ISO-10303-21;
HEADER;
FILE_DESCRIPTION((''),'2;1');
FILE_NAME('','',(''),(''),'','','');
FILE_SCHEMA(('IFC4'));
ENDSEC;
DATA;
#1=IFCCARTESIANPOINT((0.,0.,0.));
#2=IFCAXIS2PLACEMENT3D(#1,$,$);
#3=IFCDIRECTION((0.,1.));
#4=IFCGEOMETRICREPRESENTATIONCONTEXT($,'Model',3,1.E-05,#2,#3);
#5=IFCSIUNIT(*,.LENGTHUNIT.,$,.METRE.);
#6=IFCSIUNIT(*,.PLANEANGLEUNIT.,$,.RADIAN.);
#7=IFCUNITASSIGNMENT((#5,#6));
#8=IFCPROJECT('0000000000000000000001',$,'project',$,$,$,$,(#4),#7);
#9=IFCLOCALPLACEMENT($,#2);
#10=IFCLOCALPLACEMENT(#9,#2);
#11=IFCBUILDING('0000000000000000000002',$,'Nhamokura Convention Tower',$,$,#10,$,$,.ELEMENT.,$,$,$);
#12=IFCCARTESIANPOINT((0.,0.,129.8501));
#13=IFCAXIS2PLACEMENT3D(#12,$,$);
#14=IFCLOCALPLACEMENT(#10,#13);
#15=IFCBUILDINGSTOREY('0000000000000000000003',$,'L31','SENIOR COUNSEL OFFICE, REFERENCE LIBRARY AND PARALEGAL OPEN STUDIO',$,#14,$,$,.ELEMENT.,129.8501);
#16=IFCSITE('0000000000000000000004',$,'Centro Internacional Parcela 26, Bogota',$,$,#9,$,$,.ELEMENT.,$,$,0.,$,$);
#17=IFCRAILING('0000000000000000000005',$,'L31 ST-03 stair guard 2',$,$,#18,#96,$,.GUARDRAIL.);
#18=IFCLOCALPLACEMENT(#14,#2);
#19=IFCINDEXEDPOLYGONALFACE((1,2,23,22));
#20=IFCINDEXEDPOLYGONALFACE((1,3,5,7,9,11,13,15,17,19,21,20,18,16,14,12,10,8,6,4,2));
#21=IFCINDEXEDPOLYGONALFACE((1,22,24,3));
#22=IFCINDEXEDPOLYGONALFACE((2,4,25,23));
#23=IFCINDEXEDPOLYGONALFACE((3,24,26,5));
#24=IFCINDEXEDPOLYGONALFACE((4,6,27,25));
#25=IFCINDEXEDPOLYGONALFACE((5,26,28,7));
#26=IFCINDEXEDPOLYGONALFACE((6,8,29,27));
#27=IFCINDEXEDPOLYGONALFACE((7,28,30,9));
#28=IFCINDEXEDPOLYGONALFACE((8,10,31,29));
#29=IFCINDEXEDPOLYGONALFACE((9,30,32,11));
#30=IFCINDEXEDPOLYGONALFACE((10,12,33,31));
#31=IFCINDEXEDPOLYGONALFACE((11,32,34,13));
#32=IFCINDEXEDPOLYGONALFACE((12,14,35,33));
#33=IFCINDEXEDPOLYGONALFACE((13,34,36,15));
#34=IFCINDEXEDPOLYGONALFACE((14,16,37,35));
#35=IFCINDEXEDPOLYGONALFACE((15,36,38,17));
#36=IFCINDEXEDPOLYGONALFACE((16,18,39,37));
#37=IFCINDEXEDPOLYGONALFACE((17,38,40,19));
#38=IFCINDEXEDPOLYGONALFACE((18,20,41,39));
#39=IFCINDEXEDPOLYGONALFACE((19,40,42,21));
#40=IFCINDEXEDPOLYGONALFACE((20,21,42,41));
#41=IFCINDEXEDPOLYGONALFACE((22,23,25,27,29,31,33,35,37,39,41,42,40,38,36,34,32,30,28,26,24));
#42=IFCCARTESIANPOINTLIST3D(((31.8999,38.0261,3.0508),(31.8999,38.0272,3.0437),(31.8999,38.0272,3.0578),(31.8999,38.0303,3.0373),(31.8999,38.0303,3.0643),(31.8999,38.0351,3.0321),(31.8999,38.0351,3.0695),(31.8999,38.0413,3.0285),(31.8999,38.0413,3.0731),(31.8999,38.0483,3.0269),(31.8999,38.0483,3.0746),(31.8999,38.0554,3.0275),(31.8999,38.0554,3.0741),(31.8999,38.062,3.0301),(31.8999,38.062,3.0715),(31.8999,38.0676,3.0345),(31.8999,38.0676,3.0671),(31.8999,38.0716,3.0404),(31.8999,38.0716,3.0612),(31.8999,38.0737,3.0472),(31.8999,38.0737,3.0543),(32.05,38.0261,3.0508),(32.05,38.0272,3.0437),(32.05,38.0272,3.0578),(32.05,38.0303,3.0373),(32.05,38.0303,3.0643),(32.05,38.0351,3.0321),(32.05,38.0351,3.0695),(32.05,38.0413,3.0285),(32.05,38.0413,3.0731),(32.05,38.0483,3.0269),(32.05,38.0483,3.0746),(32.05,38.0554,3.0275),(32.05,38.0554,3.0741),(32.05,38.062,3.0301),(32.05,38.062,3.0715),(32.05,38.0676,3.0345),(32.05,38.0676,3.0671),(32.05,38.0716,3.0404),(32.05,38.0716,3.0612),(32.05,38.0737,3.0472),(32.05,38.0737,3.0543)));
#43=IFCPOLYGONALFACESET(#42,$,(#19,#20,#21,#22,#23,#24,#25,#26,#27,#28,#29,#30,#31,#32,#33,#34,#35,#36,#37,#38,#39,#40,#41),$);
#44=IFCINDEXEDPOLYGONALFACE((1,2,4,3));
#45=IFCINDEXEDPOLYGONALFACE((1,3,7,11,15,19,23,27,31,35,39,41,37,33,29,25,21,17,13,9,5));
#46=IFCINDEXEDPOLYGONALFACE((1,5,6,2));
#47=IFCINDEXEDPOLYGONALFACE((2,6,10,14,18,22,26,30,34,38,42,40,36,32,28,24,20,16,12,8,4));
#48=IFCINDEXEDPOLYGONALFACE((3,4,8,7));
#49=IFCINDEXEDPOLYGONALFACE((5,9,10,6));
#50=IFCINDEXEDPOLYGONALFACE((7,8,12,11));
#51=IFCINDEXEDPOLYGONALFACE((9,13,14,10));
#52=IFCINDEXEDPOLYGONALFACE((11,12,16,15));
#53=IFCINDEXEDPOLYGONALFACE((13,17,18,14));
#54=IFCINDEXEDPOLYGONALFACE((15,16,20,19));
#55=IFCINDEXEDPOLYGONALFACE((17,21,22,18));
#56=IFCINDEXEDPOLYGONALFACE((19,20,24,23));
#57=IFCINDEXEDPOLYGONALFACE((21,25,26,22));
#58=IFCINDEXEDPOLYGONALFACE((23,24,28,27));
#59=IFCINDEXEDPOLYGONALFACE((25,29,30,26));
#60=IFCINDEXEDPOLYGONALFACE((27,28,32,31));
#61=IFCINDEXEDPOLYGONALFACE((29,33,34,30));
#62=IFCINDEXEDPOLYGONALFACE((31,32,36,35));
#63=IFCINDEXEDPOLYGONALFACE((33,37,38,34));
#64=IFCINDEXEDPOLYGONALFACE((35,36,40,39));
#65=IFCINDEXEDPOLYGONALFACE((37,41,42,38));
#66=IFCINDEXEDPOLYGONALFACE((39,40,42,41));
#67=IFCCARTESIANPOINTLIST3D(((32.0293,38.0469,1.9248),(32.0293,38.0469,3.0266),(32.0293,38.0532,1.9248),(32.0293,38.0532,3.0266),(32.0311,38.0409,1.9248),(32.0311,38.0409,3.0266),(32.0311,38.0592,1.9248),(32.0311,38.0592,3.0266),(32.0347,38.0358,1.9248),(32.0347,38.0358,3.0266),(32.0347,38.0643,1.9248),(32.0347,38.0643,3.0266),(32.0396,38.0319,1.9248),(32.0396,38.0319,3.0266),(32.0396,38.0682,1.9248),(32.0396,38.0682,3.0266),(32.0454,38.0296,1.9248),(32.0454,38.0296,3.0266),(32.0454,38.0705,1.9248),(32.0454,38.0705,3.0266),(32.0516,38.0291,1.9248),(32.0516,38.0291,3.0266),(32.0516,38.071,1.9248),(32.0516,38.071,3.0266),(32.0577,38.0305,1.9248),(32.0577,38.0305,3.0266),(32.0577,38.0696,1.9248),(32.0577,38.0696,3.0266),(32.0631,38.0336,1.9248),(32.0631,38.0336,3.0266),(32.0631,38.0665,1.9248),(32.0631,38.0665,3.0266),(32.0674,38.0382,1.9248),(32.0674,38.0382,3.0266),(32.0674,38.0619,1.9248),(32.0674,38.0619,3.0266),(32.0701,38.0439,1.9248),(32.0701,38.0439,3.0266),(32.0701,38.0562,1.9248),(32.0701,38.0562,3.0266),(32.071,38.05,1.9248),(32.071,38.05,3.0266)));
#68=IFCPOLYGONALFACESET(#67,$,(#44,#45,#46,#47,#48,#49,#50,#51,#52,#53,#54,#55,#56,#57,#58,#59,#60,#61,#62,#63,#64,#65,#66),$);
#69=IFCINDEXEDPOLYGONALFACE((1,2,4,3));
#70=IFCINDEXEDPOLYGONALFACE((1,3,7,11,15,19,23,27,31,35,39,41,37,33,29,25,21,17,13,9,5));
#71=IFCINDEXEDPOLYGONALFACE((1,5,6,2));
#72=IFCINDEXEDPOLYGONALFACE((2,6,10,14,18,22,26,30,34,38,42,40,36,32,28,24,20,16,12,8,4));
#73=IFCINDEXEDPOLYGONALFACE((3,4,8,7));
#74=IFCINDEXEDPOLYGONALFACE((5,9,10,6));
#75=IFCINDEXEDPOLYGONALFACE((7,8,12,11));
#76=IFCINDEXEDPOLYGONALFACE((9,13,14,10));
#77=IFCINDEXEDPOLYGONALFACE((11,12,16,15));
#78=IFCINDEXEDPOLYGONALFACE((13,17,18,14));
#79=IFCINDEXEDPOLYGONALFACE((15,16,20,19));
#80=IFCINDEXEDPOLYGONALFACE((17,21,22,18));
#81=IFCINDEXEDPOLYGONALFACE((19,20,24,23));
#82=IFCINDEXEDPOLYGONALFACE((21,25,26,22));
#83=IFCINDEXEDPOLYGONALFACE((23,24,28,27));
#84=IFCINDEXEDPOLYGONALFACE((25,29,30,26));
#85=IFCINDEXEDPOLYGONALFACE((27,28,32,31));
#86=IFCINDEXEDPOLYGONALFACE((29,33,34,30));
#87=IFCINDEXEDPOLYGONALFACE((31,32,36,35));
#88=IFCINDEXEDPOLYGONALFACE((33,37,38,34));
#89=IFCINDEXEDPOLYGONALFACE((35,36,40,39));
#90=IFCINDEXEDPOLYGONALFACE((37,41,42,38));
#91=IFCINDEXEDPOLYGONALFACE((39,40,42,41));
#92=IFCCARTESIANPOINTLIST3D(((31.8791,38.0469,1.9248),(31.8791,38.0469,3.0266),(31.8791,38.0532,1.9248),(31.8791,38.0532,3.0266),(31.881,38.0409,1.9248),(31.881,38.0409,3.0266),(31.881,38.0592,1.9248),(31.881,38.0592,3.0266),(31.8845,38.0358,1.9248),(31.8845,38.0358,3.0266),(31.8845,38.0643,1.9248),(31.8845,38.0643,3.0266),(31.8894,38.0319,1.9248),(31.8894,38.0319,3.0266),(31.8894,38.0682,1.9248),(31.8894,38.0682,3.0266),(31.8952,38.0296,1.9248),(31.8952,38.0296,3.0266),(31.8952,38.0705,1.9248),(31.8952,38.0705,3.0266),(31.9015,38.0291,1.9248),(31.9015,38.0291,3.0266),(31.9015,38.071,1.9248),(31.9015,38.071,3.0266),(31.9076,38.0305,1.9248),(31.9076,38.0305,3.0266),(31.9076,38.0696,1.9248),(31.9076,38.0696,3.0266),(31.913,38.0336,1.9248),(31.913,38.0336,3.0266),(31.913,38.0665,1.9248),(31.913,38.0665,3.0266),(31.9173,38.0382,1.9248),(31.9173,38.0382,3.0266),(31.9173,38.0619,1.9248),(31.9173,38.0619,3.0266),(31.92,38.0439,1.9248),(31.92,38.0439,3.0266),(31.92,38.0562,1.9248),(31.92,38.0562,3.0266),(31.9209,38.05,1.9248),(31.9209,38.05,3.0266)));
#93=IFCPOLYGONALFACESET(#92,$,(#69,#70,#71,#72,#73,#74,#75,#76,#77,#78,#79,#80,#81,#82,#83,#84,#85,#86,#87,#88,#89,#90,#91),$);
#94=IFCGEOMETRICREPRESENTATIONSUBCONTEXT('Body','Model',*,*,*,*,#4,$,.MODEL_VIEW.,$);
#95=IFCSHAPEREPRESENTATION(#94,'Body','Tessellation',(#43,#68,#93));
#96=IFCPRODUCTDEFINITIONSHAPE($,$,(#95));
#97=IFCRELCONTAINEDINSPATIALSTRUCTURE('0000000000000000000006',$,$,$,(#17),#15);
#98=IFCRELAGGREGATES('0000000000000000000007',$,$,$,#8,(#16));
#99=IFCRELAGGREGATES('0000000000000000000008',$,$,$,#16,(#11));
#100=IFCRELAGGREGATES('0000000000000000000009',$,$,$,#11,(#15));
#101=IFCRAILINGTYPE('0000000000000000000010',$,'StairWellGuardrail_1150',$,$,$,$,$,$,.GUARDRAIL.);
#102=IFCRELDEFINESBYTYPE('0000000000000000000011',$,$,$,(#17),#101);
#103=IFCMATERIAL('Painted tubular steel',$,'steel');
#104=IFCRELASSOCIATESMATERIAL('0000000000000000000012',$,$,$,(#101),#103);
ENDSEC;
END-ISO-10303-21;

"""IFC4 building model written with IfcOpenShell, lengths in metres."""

from ifc_helpers import new_model, si_unit, direction, frame, origin, origin_2d, place, context, subcontext, project, spatial, circle, extrude, material, type_object, element, save


model = new_model("IFC4")

# Units and contexts
model_context = context("Model", 3, precision=1e-05, world=origin(), true_north=direction((0.0, 1.0)))
body_context = subcontext(model_context, "Body", "Model", "MODEL_VIEW")
ifc_project = project(units=[si_unit("LENGTHUNIT", "METRE"), si_unit("PLANEANGLEUNIT", "RADIAN")], contexts=[model_context])

# Site, building, storey
site_placement = place(None, origin())
site = spatial("IfcSite", under=ifc_project, at=site_placement, Name="Centro Internacional Parcela 26, Bogota", CompositionType="ELEMENT", RefElevation=0.0)
building_placement = place(site_placement, origin())
building = spatial("IfcBuilding", under=site, at=building_placement, Name="Nhamokura Convention Tower", CompositionType="ELEMENT")
storey_placement = place(building_placement, frame((0.0, 0.0, 129.8501)))
storey = spatial("IfcBuildingStorey", under=building, at=storey_placement, Name="L31", Description="SENIOR COUNSEL OFFICE, REFERENCE LIBRARY AND PARALEGAL OPEN STUDIO", CompositionType="ELEMENT", Elevation=129.8501)

# Railing
ifc_material_1 = material(Name="Painted tubular steel", Category="steel")
railing_type = type_object("IfcRailingType", Name="StairWellGuardrail_1150", PredefinedType="GUARDRAIL", material=ifc_material_1)
railing_placement = place(storey_placement, frame((32.05, 38.05, 1.9248)))
element("IfcRailing", 1, at=railing_placement, inside=storey, type_object=railing_type, Name="L31 ST-03 stair guard 2", PredefinedType="GUARDRAIL", context=body_context, shape_type="SweptSolid", body=[
    extrude(circle(Radius=0.0239, at=origin_2d()), frame((0.0, 0.0, 1.126), z_axis=(-1.0, 0.0, 0.0), x_axis=(0.0, -1.0, 0.0)), (0.0, 0.0, 1.0), 0.1501),
    extrude(circle(Radius=0.021, at=origin_2d()), origin(), (0.0, 0.0, 1.0), 1.1018),
    extrude(circle(Radius=0.021, at=origin_2d()), frame((-0.1501, 0.0, 0.0)), (0.0, 0.0, 1.0), 1.1018),
])

save(model, "model.ifc")
